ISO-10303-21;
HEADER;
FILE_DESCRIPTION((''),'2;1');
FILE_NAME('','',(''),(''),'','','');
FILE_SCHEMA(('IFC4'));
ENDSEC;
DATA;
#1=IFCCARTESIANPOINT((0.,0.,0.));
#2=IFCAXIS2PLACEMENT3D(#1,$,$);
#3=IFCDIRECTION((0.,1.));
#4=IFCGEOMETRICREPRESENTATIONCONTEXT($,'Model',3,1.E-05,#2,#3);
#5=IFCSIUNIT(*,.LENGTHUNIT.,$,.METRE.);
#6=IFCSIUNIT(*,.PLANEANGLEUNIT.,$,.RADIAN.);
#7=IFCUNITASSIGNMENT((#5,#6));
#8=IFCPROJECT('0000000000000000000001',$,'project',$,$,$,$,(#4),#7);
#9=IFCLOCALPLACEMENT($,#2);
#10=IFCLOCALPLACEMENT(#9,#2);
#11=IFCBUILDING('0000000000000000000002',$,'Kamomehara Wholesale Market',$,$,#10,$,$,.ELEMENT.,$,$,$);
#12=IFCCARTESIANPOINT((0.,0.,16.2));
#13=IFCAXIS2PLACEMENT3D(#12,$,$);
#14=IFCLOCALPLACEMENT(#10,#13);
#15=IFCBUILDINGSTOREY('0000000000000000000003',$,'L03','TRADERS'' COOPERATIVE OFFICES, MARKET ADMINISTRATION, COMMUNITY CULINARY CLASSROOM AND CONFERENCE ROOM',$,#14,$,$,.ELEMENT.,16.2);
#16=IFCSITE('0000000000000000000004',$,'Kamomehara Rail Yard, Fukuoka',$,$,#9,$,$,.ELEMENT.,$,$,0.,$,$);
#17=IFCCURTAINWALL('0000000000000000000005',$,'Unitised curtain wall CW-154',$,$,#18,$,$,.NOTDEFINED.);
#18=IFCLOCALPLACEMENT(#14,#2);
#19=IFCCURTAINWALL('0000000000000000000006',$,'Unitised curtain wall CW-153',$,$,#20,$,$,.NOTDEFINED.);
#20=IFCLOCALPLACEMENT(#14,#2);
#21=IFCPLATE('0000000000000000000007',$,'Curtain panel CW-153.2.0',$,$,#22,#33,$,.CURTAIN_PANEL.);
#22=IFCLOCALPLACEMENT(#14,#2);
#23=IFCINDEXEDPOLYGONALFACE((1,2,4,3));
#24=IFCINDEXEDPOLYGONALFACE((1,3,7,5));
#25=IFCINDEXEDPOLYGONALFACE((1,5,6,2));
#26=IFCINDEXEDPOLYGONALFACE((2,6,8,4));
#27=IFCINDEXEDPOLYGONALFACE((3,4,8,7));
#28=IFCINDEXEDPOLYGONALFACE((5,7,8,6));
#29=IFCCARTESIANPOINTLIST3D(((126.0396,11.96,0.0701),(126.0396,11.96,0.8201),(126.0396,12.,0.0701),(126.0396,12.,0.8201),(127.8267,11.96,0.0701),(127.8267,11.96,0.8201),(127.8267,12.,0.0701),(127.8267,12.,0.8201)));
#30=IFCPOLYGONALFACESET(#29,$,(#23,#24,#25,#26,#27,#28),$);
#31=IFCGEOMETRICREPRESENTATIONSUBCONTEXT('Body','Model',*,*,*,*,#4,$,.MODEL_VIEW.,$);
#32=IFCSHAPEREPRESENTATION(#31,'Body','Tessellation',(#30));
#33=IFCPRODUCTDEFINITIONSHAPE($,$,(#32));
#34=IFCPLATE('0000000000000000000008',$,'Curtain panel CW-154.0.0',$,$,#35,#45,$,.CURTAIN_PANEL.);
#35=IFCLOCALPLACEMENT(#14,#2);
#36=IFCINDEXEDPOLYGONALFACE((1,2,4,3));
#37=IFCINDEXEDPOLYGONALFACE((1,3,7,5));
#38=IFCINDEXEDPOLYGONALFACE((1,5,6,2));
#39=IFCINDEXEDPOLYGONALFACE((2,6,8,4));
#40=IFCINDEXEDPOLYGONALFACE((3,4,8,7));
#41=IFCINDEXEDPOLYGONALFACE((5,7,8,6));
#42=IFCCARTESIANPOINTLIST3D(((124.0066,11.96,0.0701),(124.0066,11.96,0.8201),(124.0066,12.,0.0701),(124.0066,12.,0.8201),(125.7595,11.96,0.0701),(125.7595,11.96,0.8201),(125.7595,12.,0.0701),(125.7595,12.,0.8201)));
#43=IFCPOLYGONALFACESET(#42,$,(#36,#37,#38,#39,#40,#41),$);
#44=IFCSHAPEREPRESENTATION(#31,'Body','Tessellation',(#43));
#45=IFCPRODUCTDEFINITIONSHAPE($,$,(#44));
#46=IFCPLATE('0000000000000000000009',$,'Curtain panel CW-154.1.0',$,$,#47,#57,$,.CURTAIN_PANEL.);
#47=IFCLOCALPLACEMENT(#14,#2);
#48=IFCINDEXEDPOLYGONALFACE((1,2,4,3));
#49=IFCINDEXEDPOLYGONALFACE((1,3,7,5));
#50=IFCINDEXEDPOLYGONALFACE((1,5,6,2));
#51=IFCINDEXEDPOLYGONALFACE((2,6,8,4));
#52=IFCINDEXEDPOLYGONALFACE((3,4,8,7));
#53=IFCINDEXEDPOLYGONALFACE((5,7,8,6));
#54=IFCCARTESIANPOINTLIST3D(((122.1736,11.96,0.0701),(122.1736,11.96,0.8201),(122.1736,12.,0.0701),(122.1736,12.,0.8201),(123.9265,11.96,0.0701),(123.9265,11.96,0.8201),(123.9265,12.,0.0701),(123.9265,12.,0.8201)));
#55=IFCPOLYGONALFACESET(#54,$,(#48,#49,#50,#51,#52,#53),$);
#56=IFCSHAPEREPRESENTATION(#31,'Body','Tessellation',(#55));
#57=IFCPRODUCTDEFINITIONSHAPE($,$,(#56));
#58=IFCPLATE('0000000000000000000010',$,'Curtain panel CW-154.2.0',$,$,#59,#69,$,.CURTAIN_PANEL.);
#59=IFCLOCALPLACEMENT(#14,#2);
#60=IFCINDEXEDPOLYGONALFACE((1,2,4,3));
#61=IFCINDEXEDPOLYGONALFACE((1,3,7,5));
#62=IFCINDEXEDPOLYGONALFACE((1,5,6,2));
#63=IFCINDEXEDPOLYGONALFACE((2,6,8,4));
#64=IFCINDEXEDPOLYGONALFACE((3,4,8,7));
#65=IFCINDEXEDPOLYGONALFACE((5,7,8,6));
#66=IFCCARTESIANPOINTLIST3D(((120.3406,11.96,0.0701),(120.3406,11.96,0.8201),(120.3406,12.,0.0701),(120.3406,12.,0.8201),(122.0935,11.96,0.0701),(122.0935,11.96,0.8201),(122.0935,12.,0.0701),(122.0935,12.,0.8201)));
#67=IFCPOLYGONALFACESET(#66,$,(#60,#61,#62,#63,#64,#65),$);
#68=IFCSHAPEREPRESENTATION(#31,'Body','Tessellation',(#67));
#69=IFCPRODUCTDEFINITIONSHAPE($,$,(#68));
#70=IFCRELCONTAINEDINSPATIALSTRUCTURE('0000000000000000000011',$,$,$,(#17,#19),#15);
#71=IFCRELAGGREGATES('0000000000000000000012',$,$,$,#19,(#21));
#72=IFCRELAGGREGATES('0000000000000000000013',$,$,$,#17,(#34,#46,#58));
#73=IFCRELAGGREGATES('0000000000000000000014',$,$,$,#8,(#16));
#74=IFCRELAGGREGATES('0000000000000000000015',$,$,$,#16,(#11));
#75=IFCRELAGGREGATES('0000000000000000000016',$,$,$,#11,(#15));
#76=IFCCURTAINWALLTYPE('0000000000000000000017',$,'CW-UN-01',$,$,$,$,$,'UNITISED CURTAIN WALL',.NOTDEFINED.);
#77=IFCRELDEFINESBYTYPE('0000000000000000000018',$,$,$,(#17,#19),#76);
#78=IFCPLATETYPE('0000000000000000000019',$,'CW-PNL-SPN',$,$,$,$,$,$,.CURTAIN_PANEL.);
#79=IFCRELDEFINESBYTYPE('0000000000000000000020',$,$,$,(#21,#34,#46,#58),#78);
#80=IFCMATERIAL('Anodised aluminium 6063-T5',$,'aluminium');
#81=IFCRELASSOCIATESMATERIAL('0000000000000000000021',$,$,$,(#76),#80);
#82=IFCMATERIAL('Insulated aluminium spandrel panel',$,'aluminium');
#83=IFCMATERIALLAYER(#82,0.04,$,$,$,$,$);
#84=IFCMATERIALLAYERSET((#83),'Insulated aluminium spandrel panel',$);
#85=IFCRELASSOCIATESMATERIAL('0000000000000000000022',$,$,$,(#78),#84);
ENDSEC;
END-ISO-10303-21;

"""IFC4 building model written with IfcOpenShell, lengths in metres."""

from ifc_helpers import new_model, si_unit, direction, frame, origin, origin_2d, place, context, subcontext, project, spatial, rectangle, extrude, material, layer, layer_set, type_object, element, aggregate, save


model = new_model("IFC4")

# Units and contexts
model_context = context("Model", 3, precision=1e-05, world=origin(), true_north=direction((0.0, 1.0)))
body_context = subcontext(model_context, "Body", "Model", "MODEL_VIEW")
ifc_project = project(units=[si_unit("LENGTHUNIT", "METRE"), si_unit("PLANEANGLEUNIT", "RADIAN")], contexts=[model_context])

# Site, building, storey
site_placement = place(None, origin())
site = spatial("IfcSite", under=ifc_project, at=site_placement, Name="Kamomehara Rail Yard, Fukuoka", CompositionType="ELEMENT", RefElevation=0.0)
building_placement = place(site_placement, origin())
building = spatial("IfcBuilding", under=site, at=building_placement, Name="Kamomehara Wholesale Market", CompositionType="ELEMENT")
storey_placement = place(building_placement, frame((0.0, 0.0, 16.2)))
storey = spatial("IfcBuildingStorey", under=building, at=storey_placement, Name="L03", Description="TRADERS' COOPERATIVE OFFICES, MARKET ADMINISTRATION, COMMUNITY CULINARY CLASSROOM AND CONFERENCE ROOM", CompositionType="ELEMENT", Elevation=16.2)

# Shared definitions
ifc_material_1 = material(Name="Anodised aluminium 6063-T5", Category="aluminium")
curtain_wall_type = type_object("IfcCurtainWallType", Name="CW-UN-01", ElementType="UNITISED CURTAIN WALL", PredefinedType="NOTDEFINED", material=ifc_material_1)

# Curtain wall
curtain_wall_1_placement = place(storey_placement, origin())
curtain_wall_1 = element("IfcCurtainWall", 1, at=curtain_wall_1_placement, inside=storey, type_object=curtain_wall_type, Name="Unitised curtain wall CW-154", PredefinedType="NOTDEFINED")

# Curtain wall
curtain_wall_2_placement = place(storey_placement, origin())
curtain_wall_2 = element("IfcCurtainWall", 2, at=curtain_wall_2_placement, inside=storey, type_object=curtain_wall_type, Name="Unitised curtain wall CW-153", PredefinedType="NOTDEFINED")

# Plates
ifc_material_2 = material(Name="Insulated aluminium spandrel panel", Category="aluminium")
ifc_layer_1 = layer(ifc_material_2, 0.04)
ifc_layer_set_1 = layer_set([ifc_layer_1], Name="Insulated aluminium spandrel panel")
plate_type_1 = type_object("IfcPlateType", Name="CW-PNL-SPN", PredefinedType="CURTAIN_PANEL", material=ifc_layer_set_1)
plate_1_placement = place(storey_placement, frame((126.9331, 11.98, 0.0701), z_axis=(0.0, 0.0, 1.0), x_axis=(-1.0, 0.0, 0.0)))
plate_1 = element("IfcPlate", 3, at=plate_1_placement, type_object=plate_type_1, Name="Curtain panel CW-153.2.0", PredefinedType="CURTAIN_PANEL", context=body_context, shape_type="SweptSolid", body=[
    extrude(rectangle(XDim=1.7871, YDim=0.04, at=origin_2d()), origin(), (0.0, 0.0, 1.0), 0.75),
])
aggregate(curtain_wall_2, [plate_1])
plate_2_placement = place(storey_placement, frame((124.8831, 11.98, 0.0701), z_axis=(0.0, 0.0, 1.0), x_axis=(-1.0, 0.0, 0.0)))
plate_2 = element("IfcPlate", 4, at=plate_2_placement, type_object=plate_type_1, Name="Curtain panel CW-154.0.0", PredefinedType="CURTAIN_PANEL", context=body_context, shape_type="SweptSolid", body=[
    extrude(rectangle(XDim=1.7529, YDim=0.04, at=origin_2d()), origin(), (0.0, 0.0, 1.0), 0.75),
])
plate_3_placement = place(storey_placement, frame((123.05, 11.98, 0.0701), z_axis=(0.0, 0.0, 1.0), x_axis=(-1.0, 0.0, 0.0)))
plate_3 = element("IfcPlate", 5, at=plate_3_placement, type_object=plate_type_1, Name="Curtain panel CW-154.1.0", PredefinedType="CURTAIN_PANEL", context=body_context, shape_type="SweptSolid", body=[
    extrude(rectangle(XDim=1.7529, YDim=0.04, at=origin_2d()), origin(), (0.0, 0.0, 1.0), 0.75),
])
plate_4_placement = place(storey_placement, frame((121.217, 11.98, 0.0701), z_axis=(0.0, 0.0, 1.0), x_axis=(-1.0, 0.0, 0.0)))
plate_4 = element("IfcPlate", 6, at=plate_4_placement, type_object=plate_type_1, Name="Curtain panel CW-154.2.0", PredefinedType="CURTAIN_PANEL", context=body_context, shape_type="SweptSolid", body=[
    extrude(rectangle(XDim=1.7529, YDim=0.04, at=origin_2d()), origin(), (0.0, 0.0, 1.0), 0.75),
])
aggregate(curtain_wall_1, [plate_2, plate_3, plate_4])

save(model, "model.ifc")
